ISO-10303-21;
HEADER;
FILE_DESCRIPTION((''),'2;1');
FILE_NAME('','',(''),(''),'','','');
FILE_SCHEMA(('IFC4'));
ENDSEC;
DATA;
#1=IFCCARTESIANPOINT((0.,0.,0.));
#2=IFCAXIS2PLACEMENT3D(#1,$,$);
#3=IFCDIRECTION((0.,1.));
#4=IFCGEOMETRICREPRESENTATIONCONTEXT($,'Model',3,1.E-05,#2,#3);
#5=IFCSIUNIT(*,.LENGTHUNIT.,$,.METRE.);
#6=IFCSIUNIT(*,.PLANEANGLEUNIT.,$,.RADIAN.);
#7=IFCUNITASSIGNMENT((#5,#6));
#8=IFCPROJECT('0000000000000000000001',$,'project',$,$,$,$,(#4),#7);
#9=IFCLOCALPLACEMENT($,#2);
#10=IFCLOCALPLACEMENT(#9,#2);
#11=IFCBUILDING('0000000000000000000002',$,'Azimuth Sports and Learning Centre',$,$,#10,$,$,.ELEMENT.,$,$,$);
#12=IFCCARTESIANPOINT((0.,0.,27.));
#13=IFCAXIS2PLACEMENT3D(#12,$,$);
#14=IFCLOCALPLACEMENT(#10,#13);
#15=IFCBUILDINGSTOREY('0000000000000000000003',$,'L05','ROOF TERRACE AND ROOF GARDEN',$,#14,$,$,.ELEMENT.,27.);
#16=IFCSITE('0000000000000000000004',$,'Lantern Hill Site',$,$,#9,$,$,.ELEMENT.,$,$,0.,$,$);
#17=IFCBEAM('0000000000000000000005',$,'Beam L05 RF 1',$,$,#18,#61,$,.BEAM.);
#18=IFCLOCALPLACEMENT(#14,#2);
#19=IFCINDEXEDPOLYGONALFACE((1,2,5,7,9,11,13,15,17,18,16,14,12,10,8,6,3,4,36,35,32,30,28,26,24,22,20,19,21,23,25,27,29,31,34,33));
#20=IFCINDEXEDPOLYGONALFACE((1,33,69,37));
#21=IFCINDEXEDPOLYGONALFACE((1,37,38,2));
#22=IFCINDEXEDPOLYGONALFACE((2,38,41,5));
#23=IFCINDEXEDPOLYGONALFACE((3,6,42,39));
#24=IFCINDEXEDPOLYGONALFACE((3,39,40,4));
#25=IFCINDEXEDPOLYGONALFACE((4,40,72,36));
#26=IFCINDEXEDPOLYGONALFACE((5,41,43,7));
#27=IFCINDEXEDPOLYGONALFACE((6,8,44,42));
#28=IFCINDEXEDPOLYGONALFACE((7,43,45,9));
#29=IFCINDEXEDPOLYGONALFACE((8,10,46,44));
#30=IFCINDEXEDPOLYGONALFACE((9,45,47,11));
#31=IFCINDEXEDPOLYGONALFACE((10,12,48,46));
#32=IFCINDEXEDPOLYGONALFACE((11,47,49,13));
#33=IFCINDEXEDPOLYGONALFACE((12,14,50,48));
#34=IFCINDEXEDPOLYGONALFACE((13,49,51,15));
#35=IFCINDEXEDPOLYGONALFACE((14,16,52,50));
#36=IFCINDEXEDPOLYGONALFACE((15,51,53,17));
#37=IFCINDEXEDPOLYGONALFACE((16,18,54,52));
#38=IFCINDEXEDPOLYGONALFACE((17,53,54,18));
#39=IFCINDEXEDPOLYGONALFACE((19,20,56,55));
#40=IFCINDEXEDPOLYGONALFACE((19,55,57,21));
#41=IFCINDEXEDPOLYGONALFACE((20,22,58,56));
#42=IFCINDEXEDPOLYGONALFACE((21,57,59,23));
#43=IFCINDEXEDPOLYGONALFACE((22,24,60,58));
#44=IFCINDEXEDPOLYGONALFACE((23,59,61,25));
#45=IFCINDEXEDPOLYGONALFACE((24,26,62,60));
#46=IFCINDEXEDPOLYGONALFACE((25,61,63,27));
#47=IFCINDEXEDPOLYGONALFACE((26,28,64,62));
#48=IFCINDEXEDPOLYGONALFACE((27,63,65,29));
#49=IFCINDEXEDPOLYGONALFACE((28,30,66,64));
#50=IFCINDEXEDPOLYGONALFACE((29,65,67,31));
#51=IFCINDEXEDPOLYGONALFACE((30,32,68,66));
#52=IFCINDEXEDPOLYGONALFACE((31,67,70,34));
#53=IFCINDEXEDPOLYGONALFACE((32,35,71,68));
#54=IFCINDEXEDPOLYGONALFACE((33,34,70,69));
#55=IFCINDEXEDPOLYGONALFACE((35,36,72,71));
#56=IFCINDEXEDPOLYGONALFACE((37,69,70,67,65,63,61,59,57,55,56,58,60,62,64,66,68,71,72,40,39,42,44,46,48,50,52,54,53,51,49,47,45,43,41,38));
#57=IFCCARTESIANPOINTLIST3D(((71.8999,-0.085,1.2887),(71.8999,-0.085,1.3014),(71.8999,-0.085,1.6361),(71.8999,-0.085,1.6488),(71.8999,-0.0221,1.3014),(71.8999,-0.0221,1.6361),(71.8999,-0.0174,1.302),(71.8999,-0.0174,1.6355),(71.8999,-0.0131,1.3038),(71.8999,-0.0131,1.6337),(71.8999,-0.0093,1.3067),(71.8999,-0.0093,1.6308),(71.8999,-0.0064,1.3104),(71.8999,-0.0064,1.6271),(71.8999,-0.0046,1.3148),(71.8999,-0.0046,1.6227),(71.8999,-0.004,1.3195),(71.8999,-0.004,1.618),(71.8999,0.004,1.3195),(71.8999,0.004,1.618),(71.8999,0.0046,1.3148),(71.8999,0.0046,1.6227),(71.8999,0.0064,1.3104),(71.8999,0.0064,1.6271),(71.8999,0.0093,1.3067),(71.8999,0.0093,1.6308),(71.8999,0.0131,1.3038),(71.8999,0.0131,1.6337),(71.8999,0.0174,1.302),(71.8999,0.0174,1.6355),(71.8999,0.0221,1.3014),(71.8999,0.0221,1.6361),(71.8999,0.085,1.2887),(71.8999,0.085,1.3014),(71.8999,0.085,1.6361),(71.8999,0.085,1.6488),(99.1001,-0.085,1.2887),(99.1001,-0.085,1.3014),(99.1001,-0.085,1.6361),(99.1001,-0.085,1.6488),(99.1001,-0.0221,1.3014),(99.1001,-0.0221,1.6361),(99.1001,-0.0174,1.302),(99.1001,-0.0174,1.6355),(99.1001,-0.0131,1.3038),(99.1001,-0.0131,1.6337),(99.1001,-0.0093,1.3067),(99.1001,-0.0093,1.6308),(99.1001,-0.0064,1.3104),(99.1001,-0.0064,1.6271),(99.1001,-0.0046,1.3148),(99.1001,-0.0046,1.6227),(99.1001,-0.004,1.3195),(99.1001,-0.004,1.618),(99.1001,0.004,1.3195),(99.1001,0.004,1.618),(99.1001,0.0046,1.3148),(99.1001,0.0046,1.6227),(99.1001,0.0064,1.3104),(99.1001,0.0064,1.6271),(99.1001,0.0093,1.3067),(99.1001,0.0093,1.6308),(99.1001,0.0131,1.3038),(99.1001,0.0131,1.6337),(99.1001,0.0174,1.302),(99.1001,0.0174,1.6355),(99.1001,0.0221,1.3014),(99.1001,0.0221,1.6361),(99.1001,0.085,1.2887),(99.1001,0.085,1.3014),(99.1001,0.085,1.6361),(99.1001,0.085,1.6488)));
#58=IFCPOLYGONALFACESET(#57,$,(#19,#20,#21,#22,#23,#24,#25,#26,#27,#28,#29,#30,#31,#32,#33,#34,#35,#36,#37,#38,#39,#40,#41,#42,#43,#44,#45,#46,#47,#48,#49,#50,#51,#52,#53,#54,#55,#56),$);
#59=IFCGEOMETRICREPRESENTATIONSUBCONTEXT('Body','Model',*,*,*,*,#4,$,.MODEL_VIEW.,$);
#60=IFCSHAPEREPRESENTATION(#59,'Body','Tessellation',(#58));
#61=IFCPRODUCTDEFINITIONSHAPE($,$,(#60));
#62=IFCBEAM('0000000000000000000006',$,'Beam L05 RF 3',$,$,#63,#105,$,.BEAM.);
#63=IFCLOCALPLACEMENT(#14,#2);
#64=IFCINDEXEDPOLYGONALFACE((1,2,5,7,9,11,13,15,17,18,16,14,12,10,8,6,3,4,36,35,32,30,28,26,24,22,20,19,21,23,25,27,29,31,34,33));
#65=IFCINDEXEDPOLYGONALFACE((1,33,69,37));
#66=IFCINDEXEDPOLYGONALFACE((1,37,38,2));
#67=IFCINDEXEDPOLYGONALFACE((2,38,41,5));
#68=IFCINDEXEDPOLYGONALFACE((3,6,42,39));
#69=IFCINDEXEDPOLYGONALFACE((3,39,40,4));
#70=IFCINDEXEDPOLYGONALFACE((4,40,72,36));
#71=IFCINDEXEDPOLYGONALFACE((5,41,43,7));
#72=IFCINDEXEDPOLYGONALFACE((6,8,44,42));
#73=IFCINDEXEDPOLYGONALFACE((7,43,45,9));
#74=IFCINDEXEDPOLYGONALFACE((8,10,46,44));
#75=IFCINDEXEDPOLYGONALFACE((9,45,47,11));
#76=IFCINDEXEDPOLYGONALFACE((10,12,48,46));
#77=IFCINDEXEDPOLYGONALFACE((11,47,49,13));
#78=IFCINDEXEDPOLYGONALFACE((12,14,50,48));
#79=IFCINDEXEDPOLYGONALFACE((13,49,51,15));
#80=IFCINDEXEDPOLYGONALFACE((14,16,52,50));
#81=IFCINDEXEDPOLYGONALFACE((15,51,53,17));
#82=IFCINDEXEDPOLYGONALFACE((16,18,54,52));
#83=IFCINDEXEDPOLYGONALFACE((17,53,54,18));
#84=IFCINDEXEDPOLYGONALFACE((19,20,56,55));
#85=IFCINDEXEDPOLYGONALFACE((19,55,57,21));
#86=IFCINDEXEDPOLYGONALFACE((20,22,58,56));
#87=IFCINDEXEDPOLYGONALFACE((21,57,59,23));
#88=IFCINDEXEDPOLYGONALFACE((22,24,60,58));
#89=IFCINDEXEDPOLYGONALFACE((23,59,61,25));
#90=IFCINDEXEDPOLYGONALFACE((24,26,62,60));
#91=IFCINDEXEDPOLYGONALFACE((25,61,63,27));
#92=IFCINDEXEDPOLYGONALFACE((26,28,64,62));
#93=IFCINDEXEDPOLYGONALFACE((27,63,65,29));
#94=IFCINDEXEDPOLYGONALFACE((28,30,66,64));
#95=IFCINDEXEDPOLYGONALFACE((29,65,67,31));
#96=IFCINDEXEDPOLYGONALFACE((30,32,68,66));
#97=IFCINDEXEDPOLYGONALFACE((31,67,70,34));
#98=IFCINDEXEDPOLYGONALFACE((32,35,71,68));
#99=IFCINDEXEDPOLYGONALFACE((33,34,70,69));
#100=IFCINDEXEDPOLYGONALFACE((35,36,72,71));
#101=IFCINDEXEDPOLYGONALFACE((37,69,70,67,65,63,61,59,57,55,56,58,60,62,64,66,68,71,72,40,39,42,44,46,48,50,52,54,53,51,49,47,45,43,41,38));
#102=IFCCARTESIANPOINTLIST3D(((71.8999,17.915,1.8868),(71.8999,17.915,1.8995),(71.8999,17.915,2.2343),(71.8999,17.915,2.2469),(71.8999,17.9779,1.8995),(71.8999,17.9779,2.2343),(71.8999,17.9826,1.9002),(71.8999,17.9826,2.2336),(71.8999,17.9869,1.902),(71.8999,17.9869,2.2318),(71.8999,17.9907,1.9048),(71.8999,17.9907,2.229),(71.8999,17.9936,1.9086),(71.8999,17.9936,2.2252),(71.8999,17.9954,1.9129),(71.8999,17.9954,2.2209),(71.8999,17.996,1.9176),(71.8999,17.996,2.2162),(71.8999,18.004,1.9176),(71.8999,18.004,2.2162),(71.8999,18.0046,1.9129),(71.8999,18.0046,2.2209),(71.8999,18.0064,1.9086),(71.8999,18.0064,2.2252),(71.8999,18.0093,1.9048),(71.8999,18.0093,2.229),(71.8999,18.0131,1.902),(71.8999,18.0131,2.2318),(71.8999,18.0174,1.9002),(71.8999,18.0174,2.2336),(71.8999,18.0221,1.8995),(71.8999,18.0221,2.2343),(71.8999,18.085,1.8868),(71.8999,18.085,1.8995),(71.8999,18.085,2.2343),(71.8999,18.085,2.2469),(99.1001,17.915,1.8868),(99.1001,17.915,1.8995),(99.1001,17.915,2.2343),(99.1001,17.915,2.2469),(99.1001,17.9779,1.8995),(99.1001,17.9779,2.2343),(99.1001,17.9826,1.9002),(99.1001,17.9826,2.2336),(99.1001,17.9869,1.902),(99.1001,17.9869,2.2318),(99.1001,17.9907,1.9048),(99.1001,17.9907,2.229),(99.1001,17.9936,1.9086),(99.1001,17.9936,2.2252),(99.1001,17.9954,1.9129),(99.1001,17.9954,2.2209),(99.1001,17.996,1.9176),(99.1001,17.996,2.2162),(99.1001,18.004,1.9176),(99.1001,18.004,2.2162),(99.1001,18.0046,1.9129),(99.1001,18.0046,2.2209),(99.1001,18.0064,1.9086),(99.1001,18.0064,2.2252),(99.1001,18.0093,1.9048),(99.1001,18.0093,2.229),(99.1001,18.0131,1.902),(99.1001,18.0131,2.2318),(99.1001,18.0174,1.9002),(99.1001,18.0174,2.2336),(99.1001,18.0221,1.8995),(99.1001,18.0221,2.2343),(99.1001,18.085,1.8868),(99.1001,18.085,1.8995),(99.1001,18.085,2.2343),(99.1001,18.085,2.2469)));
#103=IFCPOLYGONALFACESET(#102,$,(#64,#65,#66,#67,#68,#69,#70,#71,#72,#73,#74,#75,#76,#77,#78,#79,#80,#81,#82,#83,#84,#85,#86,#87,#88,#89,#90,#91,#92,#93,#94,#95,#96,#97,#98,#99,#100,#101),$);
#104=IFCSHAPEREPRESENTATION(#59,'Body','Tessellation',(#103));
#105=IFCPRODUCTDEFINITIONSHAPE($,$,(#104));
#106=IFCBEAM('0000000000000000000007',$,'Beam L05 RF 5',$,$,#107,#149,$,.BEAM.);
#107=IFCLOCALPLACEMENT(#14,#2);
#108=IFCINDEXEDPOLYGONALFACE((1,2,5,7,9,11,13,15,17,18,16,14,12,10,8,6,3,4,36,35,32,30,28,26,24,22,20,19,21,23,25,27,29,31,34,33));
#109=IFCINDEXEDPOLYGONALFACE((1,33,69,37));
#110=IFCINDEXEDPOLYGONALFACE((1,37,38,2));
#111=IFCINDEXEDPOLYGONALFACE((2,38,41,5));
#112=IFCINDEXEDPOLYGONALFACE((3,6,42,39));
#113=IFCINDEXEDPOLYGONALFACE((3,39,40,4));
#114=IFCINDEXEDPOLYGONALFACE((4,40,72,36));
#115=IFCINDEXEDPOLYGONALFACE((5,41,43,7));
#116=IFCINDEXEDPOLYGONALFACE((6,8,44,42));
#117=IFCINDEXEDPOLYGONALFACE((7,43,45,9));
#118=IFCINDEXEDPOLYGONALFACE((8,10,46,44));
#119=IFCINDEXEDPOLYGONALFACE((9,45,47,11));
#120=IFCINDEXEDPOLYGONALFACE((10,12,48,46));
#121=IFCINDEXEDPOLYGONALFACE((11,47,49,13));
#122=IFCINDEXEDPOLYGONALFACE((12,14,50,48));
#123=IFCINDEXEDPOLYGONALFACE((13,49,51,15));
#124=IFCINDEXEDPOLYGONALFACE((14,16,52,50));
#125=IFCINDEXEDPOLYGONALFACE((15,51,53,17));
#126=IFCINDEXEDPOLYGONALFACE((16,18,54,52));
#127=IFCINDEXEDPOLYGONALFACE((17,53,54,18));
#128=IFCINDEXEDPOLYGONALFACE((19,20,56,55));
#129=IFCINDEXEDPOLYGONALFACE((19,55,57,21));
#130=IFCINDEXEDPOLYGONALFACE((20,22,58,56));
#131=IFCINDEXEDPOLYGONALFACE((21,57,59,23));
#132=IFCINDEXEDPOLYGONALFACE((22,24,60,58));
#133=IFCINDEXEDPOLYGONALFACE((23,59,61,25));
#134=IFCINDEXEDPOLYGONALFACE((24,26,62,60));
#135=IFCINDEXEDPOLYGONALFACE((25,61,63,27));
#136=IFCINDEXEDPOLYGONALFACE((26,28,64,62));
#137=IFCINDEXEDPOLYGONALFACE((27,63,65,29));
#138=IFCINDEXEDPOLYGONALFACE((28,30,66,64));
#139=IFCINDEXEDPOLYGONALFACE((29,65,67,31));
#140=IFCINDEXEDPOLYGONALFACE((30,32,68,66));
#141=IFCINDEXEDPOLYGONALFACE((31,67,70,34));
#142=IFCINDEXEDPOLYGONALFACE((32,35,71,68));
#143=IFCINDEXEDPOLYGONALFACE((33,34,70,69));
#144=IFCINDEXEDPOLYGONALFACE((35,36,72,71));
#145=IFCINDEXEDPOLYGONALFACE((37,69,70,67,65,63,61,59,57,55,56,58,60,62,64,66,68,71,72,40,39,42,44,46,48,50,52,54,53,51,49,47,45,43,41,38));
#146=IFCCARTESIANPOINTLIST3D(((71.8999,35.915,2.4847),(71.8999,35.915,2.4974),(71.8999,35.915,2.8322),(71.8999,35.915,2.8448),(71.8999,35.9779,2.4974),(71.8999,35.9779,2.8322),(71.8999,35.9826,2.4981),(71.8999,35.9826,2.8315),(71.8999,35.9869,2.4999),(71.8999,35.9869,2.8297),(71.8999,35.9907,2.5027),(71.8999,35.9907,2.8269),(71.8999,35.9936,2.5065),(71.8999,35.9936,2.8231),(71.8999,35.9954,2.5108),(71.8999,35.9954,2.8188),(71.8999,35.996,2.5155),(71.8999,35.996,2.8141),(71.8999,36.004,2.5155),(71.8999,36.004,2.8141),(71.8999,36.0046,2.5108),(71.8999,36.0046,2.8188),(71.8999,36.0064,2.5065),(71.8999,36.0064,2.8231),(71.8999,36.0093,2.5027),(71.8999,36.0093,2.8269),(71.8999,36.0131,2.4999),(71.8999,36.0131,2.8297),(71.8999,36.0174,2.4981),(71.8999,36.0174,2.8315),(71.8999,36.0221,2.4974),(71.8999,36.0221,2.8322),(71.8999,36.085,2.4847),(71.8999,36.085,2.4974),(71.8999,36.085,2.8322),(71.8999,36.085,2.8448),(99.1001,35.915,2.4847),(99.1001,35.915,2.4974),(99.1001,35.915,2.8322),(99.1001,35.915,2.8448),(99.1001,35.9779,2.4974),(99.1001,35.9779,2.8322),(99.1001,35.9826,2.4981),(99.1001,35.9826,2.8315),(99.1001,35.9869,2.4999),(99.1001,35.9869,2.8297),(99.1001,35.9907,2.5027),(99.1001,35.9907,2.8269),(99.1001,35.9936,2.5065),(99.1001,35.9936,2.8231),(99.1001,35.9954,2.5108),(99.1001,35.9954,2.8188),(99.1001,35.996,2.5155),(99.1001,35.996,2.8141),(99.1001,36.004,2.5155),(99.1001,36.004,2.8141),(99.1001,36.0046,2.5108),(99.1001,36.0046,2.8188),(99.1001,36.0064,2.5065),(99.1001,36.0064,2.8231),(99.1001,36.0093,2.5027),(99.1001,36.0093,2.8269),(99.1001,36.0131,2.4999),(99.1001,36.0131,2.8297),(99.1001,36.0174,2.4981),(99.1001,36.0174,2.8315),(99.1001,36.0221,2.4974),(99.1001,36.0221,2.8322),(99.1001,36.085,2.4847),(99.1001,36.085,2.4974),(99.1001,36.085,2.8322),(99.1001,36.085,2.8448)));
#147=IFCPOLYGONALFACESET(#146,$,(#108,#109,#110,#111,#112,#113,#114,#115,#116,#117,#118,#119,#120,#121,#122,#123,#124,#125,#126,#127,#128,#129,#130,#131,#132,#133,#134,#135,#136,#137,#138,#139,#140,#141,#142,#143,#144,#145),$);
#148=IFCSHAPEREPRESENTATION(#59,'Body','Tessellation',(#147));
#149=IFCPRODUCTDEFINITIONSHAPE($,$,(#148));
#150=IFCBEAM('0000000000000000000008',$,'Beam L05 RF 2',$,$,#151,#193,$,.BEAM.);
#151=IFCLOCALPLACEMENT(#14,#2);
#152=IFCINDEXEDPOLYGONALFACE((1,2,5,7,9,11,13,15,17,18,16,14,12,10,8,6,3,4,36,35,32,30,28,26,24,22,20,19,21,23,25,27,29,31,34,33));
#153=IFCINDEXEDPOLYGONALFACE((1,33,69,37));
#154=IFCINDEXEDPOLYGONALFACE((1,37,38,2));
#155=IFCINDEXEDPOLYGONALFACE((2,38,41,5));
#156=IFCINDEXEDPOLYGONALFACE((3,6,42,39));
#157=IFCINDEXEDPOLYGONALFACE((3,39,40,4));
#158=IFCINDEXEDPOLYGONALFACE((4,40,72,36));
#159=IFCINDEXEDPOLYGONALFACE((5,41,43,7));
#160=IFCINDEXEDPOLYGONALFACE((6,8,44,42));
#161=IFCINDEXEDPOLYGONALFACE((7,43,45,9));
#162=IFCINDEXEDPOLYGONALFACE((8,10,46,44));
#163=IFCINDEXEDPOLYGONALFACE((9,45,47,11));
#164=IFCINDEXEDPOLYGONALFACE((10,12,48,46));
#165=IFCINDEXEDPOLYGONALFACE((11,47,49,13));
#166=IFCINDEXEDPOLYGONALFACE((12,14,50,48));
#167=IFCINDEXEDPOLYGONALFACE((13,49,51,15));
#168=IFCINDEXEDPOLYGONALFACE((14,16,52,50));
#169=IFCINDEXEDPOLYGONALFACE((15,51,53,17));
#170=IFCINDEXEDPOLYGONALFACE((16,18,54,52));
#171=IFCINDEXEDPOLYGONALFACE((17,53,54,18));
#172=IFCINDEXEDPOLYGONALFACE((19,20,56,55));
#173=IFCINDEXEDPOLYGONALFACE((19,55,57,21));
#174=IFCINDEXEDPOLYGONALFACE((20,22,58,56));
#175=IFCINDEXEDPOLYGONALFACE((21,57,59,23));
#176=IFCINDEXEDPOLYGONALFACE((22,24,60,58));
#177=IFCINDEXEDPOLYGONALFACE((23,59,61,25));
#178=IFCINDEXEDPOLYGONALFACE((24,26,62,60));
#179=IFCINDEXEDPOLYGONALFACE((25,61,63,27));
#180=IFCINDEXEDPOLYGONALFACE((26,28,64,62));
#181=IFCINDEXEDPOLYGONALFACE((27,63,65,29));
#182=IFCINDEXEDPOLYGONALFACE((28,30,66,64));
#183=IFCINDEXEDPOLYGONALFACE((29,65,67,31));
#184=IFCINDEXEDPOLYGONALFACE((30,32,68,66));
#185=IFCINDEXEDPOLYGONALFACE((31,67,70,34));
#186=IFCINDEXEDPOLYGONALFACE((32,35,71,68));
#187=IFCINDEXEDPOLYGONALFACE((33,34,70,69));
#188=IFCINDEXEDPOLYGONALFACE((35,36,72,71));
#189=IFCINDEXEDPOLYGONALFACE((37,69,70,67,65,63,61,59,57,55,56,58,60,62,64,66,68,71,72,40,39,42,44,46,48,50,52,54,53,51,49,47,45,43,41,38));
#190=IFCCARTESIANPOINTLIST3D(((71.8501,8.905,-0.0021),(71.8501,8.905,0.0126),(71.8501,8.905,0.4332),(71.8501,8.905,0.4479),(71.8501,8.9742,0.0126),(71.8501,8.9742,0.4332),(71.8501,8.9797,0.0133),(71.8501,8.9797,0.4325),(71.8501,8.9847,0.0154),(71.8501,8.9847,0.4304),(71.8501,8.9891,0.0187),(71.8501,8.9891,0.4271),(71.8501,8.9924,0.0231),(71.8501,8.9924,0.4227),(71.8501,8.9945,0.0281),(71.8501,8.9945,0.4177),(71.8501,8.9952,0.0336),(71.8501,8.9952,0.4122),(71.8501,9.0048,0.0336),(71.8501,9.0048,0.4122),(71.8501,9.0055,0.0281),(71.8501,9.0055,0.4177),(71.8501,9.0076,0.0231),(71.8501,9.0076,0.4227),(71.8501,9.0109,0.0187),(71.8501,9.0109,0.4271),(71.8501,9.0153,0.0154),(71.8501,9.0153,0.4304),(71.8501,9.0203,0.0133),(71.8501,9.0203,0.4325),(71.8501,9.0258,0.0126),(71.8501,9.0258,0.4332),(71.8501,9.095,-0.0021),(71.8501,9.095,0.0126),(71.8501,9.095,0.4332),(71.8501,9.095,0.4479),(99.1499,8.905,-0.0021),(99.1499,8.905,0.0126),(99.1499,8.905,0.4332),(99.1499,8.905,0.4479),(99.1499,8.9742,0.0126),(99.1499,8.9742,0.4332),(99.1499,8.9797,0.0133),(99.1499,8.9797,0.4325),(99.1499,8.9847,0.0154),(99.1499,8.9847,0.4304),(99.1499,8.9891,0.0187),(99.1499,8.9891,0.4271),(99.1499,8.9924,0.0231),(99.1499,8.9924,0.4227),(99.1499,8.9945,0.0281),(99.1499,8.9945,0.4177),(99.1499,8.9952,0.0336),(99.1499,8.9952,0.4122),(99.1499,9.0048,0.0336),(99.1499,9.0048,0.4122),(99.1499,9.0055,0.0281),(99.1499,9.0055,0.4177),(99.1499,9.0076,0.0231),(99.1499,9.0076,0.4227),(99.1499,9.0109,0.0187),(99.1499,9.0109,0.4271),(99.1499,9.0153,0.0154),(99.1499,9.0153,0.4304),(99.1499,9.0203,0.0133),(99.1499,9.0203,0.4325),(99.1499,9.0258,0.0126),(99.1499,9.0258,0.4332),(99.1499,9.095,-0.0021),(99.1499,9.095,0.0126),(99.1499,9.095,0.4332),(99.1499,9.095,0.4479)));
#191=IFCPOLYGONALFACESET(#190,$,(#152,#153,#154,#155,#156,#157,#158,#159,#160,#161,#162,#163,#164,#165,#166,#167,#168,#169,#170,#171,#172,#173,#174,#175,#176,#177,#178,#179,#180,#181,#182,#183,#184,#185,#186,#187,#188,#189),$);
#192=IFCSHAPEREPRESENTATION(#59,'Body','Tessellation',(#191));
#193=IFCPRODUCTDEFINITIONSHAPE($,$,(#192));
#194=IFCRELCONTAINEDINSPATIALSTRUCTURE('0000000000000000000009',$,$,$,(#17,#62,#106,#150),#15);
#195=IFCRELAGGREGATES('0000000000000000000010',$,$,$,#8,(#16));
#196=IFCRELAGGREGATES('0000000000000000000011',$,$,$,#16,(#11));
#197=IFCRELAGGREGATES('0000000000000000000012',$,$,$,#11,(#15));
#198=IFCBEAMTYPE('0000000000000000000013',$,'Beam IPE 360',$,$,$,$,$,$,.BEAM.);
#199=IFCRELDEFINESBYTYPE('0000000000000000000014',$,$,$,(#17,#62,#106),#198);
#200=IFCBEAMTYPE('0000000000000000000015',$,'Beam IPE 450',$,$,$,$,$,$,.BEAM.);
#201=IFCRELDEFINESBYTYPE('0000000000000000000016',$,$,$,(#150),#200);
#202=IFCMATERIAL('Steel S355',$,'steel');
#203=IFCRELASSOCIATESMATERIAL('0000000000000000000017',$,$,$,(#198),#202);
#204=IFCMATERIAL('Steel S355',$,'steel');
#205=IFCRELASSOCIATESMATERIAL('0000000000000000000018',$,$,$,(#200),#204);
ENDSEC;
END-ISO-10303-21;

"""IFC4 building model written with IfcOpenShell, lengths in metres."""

from ifc_helpers import new_model, si_unit, direction, frame, origin, origin_2d, place, context, subcontext, project, spatial, i_section, extrude, material, material_profile, profile_set, type_object, element, save


model = new_model("IFC4")

# Units and contexts
model_context = context("Model", 3, precision=1e-05, world=origin(), true_north=direction((0.0, 1.0)))
body_context = subcontext(model_context, "Body", "Model", "MODEL_VIEW")
ifc_project = project(units=[si_unit("LENGTHUNIT", "METRE"), si_unit("PLANEANGLEUNIT", "RADIAN")], contexts=[model_context])

# Site, building, storey
site_placement = place(None, origin())
site = spatial("IfcSite", under=ifc_project, at=site_placement, Name="Lantern Hill Site", CompositionType="ELEMENT", RefElevation=0.0)
building_placement = place(site_placement, origin())
building = spatial("IfcBuilding", under=site, at=building_placement, Name="Azimuth Sports and Learning Centre", CompositionType="ELEMENT")
storey_placement = place(building_placement, frame((0.0, 0.0, 27.0)))
storey = spatial("IfcBuildingStorey", under=building, at=storey_placement, Name="L05", Description="ROOF TERRACE AND ROOF GARDEN", CompositionType="ELEMENT", Elevation=27.0)

# Beams
ifc_material_1 = material(Name="Steel S355", Category="steel")
ifc_material_profile_1 = material_profile(ifc_material_1, i_section(OverallWidth=0.1699, OverallDepth=0.3601, WebThickness=0.0081, FlangeThickness=0.0127, FilletRadius=0.0181, at=origin_2d()), Name="IPE 360")
ifc_profile_set_1 = profile_set([ifc_material_profile_1], Name="Steel S355")
beam_type_1 = type_object("IfcBeamType", Name="Beam IPE 360", PredefinedType="BEAM", material=ifc_profile_set_1)
for number, where, z_axis, x_axis, name in (
    (1, (71.8999, 0.0, 1.4688), (1.0, 0.0, 0.0), (0.0, 1.0, 0.0), "Beam L05 RF 1"),
    (2, (71.8999, 18.0, 2.0669), (1.0, 0.0, 0.0), (0.0, 1.0, 0.0), "Beam L05 RF 3"),
    (3, (71.8999, 36.0, 2.6648), (1.0, 0.0, 0.0), (0.0, 1.0, 0.0), "Beam L05 RF 5"),
):
    element("IfcBeam", number, at=place(storey_placement, frame(where, z_axis=z_axis, x_axis=x_axis)), inside=storey, type_object=beam_type_1, Name=name, PredefinedType="BEAM", context=body_context, shape_type="SweptSolid", body=[
        extrude(i_section(OverallWidth=0.1699, OverallDepth=0.3601, WebThickness=0.0081, FlangeThickness=0.0127, FilletRadius=0.0181, at=origin_2d()), origin(), (0.0, 0.0, 1.0), 27.2002),
    ])
ifc_material_2 = material(Name="Steel S355", Category="steel")
ifc_material_profile_2 = material_profile(ifc_material_2, i_section(OverallWidth=0.1899, OverallDepth=0.45, WebThickness=0.0095, FlangeThickness=0.0146, FilletRadius=0.021, at=origin_2d()), Name="IPE 450")
ifc_profile_set_2 = profile_set([ifc_material_profile_2], Name="Steel S355")
beam_type_2 = type_object("IfcBeamType", Name="Beam IPE 450", PredefinedType="BEAM", material=ifc_profile_set_2)
for number, where, z_axis, x_axis, name in (
    (4, (71.8501, 9.0, 0.2229), (1.0, 0.0, 0.0), (0.0, 1.0, 0.0), "Beam L05 RF 2"),
):
    element("IfcBeam", number, at=place(storey_placement, frame(where, z_axis=z_axis, x_axis=x_axis)), inside=storey, type_object=beam_type_2, Name=name, PredefinedType="BEAM", context=body_context, shape_type="SweptSolid", body=[
        extrude(i_section(OverallWidth=0.1899, OverallDepth=0.45, WebThickness=0.0095, FlangeThickness=0.0146, FilletRadius=0.021, at=origin_2d()), origin(), (0.0, 0.0, 1.0), 27.2998),
    ])

save(model, "model.ifc")
